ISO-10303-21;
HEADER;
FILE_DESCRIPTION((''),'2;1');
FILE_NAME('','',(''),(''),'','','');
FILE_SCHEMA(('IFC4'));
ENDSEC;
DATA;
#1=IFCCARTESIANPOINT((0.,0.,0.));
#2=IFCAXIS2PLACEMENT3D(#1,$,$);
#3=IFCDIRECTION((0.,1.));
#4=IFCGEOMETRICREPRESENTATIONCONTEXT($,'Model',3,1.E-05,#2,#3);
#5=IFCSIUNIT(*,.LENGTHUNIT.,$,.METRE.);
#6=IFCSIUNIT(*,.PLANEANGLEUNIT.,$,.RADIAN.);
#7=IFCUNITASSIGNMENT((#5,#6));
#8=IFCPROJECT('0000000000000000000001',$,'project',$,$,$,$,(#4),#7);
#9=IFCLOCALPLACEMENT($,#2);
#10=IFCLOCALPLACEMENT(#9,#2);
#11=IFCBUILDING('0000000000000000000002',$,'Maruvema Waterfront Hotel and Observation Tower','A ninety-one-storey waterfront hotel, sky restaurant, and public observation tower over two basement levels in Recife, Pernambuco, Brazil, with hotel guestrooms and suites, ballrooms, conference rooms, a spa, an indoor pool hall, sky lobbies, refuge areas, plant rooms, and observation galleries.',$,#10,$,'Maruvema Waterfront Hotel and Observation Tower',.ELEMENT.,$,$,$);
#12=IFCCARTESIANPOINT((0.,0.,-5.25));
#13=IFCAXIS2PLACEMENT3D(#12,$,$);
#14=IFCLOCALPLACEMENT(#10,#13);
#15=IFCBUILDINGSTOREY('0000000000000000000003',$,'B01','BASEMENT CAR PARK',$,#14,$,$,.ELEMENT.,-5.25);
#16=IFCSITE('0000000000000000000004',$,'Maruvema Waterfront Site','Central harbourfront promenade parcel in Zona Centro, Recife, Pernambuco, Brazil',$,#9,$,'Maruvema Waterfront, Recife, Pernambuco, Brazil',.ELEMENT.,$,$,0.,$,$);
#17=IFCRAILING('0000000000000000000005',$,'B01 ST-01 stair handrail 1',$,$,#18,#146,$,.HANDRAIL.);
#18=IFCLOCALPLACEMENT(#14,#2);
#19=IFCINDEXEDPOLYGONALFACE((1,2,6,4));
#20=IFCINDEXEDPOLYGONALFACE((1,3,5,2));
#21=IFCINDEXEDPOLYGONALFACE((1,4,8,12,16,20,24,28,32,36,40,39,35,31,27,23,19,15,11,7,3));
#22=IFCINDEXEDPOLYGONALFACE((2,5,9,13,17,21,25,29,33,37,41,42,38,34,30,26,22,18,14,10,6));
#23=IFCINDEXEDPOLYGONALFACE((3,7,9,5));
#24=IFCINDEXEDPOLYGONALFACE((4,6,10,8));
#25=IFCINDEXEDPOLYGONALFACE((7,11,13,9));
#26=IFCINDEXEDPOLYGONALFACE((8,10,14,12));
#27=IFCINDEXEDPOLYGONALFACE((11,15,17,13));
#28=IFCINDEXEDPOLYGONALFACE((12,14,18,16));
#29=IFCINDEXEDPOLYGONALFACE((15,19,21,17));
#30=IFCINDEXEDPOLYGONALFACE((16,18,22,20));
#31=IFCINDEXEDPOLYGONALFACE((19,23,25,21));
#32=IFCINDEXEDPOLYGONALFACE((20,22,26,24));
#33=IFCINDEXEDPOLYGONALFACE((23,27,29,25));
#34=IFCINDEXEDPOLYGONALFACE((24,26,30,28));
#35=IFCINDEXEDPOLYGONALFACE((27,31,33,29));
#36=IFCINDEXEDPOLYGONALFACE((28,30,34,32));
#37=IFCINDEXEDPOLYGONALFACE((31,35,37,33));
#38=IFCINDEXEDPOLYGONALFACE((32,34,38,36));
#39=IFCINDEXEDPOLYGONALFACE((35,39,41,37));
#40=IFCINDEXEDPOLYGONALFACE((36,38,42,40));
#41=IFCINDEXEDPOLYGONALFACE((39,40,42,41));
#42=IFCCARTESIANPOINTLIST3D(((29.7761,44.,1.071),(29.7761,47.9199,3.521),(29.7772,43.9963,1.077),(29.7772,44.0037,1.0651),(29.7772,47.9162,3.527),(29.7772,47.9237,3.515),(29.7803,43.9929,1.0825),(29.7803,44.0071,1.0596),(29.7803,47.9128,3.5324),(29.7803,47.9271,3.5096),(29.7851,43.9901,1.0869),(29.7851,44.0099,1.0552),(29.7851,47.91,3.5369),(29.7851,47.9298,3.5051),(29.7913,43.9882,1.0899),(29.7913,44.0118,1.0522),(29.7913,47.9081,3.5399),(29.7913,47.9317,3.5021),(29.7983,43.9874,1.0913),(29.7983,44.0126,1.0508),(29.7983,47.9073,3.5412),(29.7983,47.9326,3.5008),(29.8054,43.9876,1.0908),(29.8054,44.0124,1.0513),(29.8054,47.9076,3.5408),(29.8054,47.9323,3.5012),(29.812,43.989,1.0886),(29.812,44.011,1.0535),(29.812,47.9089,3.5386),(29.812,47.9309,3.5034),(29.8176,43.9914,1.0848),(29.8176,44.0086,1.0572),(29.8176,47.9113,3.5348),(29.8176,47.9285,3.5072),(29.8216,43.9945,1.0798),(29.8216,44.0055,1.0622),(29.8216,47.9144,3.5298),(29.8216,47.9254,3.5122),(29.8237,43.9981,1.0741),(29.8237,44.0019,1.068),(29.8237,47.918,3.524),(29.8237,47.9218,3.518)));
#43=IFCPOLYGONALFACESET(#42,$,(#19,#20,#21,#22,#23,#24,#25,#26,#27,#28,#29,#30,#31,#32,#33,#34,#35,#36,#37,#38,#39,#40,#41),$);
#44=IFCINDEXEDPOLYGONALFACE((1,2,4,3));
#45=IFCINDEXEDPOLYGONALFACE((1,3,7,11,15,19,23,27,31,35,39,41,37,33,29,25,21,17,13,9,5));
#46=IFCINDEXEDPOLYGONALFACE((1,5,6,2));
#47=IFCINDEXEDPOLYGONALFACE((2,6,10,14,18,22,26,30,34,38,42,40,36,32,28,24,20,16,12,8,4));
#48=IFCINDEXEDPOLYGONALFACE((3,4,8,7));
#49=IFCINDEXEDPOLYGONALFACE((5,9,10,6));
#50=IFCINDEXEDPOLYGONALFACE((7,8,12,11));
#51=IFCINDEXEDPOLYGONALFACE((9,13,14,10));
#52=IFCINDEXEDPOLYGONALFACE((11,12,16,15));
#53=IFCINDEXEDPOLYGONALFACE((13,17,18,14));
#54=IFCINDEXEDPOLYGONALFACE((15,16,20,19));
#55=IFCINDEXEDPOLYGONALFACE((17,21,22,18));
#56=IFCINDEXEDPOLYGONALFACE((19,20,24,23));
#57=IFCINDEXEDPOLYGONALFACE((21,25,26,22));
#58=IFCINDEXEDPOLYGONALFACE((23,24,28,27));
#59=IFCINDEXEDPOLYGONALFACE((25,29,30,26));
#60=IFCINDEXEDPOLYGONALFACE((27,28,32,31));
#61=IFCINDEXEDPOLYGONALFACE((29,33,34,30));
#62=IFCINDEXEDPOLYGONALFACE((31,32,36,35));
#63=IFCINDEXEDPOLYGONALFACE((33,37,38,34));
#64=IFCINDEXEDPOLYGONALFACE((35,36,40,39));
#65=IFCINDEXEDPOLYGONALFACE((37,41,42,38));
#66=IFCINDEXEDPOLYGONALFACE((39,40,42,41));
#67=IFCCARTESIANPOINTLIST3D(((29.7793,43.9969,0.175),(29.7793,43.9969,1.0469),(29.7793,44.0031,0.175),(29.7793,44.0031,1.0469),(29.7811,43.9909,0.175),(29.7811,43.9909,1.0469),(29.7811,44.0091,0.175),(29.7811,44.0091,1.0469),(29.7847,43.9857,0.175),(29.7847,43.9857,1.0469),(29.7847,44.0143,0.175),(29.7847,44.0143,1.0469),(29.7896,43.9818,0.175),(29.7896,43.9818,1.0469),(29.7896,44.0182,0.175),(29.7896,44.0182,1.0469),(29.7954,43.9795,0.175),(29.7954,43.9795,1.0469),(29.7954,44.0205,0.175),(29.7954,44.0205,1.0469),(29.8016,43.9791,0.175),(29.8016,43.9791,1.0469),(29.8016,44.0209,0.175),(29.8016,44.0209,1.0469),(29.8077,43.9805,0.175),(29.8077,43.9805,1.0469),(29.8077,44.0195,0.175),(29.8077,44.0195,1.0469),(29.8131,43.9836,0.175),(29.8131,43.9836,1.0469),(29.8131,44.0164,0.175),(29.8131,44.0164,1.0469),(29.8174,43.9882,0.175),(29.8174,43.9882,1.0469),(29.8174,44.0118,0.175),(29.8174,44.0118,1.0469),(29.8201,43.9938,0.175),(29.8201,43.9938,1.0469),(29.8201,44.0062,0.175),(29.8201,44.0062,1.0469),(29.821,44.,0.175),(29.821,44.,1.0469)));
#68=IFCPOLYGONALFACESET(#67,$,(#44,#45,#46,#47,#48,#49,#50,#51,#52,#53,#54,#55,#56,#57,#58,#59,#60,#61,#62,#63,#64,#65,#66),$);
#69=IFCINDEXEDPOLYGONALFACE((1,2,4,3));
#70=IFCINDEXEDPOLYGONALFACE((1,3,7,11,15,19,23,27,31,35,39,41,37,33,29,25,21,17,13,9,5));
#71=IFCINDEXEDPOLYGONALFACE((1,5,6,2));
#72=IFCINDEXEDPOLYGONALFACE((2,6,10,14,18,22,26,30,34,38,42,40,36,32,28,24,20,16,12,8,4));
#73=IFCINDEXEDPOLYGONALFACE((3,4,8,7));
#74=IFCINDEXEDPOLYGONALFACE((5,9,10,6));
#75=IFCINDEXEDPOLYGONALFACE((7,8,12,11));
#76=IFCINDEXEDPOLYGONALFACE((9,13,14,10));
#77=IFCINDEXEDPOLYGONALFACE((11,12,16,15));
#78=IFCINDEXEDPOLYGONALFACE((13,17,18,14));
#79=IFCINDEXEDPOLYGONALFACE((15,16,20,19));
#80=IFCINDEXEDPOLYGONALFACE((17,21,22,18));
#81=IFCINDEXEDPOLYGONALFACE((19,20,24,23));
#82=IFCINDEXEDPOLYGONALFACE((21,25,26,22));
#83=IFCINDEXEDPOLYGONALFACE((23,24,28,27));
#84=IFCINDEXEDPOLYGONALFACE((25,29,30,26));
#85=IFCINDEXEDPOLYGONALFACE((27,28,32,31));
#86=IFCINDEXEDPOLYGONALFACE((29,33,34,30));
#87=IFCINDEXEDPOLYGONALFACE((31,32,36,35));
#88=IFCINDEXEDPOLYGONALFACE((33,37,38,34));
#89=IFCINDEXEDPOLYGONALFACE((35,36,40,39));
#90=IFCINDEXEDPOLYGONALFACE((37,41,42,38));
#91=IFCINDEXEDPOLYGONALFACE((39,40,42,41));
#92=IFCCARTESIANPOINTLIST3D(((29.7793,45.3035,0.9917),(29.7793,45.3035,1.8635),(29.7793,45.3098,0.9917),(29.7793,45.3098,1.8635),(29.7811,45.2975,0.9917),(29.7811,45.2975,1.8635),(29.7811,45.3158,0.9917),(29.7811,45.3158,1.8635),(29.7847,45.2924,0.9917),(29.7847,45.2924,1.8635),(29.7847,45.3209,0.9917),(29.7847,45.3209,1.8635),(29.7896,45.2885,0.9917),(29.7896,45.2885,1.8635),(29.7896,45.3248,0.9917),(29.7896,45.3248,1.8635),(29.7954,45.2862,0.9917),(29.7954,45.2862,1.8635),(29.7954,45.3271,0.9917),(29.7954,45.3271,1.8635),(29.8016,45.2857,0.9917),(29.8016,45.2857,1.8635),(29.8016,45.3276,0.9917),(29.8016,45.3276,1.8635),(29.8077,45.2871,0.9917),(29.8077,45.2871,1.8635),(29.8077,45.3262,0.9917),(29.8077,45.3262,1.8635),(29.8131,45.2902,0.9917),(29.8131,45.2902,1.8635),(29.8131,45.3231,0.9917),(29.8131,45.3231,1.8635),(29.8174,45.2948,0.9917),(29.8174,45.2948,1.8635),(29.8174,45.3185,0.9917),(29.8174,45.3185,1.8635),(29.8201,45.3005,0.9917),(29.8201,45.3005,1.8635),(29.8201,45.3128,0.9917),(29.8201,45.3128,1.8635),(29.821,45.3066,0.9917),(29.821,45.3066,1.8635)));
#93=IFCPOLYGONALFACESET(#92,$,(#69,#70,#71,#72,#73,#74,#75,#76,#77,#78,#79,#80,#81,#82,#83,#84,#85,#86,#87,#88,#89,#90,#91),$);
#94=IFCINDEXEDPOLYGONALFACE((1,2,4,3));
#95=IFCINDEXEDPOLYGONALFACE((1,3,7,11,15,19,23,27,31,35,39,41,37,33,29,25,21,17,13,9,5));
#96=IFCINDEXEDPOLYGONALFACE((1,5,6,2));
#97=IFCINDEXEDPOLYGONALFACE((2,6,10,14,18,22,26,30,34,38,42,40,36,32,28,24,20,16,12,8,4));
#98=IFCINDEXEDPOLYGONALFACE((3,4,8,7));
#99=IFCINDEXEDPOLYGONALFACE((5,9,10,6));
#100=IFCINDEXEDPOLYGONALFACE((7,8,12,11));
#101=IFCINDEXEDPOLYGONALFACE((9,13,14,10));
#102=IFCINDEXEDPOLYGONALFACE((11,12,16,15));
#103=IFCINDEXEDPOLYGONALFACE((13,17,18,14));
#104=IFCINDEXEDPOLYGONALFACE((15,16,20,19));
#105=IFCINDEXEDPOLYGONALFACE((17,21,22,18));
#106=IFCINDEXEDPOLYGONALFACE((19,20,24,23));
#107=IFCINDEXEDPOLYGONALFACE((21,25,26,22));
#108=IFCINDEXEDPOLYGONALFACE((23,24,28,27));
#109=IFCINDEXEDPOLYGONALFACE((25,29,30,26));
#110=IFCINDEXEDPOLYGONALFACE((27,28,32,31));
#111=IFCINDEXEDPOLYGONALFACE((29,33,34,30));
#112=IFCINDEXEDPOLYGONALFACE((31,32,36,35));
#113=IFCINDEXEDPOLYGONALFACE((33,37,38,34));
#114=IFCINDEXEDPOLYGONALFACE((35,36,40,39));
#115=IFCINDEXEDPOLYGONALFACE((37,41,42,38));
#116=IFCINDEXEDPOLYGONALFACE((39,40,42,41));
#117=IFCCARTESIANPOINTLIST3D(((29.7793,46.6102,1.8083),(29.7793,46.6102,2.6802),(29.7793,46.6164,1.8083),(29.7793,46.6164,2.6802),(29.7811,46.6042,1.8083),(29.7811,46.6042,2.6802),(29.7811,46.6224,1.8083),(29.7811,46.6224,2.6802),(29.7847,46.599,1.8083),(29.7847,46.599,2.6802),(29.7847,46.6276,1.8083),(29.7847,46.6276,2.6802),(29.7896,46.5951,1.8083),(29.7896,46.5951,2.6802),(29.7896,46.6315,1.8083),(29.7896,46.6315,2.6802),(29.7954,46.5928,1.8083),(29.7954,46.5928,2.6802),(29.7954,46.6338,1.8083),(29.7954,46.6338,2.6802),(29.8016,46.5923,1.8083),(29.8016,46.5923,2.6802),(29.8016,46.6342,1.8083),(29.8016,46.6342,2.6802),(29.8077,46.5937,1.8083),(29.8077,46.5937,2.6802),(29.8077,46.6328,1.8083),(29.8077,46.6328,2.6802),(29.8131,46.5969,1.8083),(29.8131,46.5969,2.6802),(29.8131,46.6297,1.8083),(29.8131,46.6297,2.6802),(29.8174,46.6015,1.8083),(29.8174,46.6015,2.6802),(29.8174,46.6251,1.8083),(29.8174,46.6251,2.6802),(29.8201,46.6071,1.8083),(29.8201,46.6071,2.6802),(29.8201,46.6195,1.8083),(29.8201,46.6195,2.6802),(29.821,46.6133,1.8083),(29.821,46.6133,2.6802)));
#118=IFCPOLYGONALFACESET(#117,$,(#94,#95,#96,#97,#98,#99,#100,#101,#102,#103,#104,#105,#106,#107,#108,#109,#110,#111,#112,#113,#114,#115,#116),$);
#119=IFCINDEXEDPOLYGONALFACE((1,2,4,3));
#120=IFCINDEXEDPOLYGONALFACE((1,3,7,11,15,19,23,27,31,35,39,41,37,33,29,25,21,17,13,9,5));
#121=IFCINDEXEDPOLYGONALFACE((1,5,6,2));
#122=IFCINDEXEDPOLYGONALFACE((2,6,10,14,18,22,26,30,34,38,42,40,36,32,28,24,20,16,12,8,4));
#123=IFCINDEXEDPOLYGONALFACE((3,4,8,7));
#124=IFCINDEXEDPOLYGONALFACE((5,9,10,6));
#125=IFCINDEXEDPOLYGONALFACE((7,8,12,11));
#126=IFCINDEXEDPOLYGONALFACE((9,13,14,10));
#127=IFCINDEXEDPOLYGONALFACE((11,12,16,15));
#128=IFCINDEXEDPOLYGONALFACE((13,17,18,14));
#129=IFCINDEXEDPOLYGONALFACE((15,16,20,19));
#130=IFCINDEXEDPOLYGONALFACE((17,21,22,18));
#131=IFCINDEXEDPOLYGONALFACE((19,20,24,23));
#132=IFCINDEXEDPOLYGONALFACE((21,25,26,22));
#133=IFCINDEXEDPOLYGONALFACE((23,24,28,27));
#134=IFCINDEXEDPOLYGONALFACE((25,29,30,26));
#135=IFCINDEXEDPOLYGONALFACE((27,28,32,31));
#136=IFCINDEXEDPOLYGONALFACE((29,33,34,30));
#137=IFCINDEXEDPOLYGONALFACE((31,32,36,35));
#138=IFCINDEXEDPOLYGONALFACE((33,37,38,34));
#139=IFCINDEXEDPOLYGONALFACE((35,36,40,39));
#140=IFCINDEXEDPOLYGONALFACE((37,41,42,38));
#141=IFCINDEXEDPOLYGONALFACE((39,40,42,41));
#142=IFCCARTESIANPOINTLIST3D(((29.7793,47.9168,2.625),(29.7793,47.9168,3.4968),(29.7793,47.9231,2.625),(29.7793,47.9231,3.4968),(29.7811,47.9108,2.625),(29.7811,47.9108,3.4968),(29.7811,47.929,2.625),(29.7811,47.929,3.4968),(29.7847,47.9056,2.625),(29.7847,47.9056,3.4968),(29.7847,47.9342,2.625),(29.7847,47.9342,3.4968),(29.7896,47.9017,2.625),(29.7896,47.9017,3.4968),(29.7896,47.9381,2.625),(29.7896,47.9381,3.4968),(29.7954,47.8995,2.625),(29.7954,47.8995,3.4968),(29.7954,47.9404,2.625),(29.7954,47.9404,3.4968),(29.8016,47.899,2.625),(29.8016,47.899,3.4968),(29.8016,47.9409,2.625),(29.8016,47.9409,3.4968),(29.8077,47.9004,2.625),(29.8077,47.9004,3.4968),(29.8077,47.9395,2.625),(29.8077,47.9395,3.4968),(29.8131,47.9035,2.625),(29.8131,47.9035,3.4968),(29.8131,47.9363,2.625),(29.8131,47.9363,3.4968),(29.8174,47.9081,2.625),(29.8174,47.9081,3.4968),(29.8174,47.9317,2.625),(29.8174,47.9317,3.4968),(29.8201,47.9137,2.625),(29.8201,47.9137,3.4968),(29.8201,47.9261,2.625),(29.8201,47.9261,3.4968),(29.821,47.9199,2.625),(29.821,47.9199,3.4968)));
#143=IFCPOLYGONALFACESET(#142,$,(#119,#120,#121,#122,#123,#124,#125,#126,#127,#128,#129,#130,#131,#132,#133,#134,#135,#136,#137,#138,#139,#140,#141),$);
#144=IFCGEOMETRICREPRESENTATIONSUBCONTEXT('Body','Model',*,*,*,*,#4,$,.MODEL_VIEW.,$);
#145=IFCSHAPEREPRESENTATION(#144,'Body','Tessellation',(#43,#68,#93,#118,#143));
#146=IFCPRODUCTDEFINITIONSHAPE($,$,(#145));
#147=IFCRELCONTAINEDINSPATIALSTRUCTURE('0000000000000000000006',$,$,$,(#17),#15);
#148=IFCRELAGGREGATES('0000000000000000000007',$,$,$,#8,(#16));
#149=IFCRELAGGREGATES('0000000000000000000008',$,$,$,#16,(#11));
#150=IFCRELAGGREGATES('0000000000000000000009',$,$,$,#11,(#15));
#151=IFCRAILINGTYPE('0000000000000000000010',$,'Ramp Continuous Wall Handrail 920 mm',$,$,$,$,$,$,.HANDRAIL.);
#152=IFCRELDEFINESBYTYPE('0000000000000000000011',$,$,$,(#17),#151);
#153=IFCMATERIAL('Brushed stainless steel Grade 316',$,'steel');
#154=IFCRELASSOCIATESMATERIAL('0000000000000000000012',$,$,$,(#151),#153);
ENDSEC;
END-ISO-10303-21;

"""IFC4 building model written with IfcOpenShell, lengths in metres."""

from ifc_helpers import new_model, si_unit, direction, frame, origin, origin_2d, place, context, subcontext, project, spatial, circle, extrude, material, type_object, element, save


model = new_model("IFC4")

# Units and contexts
model_context = context("Model", 3, precision=1e-05, world=origin(), true_north=direction((0.0, 1.0)))
body_context = subcontext(model_context, "Body", "Model", "MODEL_VIEW")
ifc_project = project(units=[si_unit("LENGTHUNIT", "METRE"), si_unit("PLANEANGLEUNIT", "RADIAN")], contexts=[model_context])

# Site, building, storey
site_placement = place(None, origin())
site = spatial("IfcSite", under=ifc_project, at=site_placement, Name="Maruvema Waterfront Site", Description="Central harbourfront promenade parcel in Zona Centro, Recife, Pernambuco, Brazil", LongName="Maruvema Waterfront, Recife, Pernambuco, Brazil", CompositionType="ELEMENT", RefElevation=0.0)
building_placement = place(site_placement, origin())
building = spatial("IfcBuilding", under=site, at=building_placement, Name="Maruvema Waterfront Hotel and Observation Tower", Description="A ninety-one-storey waterfront hotel, sky restaurant, and public observation tower over two basement levels in Recife, Pernambuco, Brazil, with hotel guestrooms and suites, ballrooms, conference rooms, a spa, an indoor pool hall, sky lobbies, refuge areas, plant rooms, and observation galleries.", LongName="Maruvema Waterfront Hotel and Observation Tower", CompositionType="ELEMENT")
storey_placement = place(building_placement, frame((0.0, 0.0, -5.25)))
storey = spatial("IfcBuildingStorey", under=building, at=storey_placement, Name="B01", Description="BASEMENT CAR PARK", CompositionType="ELEMENT", Elevation=-5.25)

# Railing
ifc_material_1 = material(Name="Brushed stainless steel Grade 316", Category="steel")
railing_type_1 = type_object("IfcRailingType", Name="Ramp Continuous Wall Handrail 920 mm", PredefinedType="HANDRAIL", material=ifc_material_1)
railing_1_placement = place(storey_placement, frame((29.8, 44.0, 0.175)))
element("IfcRailing", 1, at=railing_1_placement, inside=storey, type_object=railing_type_1, Name="B01 ST-01 stair handrail 1", PredefinedType="HANDRAIL", context=body_context, shape_type="SweptSolid", body=[
    extrude(circle(Radius=0.0239, at=origin_2d()), frame((0.0, 0.0, 0.896), z_axis=(0.0, 0.847998, 0.529999), x_axis=(-1.0, 0.0, 0.0)), (0.0, 0.0, 1.0), 4.6226),
    extrude(circle(Radius=0.021, at=origin_2d()), origin(), (0.0, 0.0, 1.0), 0.8718),
    extrude(circle(Radius=0.021, at=origin_2d()), frame((0.0, 1.3066, 0.8167)), (0.0, 0.0, 1.0), 0.8718),
    extrude(circle(Radius=0.021, at=origin_2d()), frame((0.0, 2.6133, 1.6333)), (0.0, 0.0, 1.0), 0.8718),
    extrude(circle(Radius=0.021, at=origin_2d()), frame((0.0, 3.9199, 2.45)), (0.0, 0.0, 1.0), 0.8718),
])

save(model, "model.ifc")
